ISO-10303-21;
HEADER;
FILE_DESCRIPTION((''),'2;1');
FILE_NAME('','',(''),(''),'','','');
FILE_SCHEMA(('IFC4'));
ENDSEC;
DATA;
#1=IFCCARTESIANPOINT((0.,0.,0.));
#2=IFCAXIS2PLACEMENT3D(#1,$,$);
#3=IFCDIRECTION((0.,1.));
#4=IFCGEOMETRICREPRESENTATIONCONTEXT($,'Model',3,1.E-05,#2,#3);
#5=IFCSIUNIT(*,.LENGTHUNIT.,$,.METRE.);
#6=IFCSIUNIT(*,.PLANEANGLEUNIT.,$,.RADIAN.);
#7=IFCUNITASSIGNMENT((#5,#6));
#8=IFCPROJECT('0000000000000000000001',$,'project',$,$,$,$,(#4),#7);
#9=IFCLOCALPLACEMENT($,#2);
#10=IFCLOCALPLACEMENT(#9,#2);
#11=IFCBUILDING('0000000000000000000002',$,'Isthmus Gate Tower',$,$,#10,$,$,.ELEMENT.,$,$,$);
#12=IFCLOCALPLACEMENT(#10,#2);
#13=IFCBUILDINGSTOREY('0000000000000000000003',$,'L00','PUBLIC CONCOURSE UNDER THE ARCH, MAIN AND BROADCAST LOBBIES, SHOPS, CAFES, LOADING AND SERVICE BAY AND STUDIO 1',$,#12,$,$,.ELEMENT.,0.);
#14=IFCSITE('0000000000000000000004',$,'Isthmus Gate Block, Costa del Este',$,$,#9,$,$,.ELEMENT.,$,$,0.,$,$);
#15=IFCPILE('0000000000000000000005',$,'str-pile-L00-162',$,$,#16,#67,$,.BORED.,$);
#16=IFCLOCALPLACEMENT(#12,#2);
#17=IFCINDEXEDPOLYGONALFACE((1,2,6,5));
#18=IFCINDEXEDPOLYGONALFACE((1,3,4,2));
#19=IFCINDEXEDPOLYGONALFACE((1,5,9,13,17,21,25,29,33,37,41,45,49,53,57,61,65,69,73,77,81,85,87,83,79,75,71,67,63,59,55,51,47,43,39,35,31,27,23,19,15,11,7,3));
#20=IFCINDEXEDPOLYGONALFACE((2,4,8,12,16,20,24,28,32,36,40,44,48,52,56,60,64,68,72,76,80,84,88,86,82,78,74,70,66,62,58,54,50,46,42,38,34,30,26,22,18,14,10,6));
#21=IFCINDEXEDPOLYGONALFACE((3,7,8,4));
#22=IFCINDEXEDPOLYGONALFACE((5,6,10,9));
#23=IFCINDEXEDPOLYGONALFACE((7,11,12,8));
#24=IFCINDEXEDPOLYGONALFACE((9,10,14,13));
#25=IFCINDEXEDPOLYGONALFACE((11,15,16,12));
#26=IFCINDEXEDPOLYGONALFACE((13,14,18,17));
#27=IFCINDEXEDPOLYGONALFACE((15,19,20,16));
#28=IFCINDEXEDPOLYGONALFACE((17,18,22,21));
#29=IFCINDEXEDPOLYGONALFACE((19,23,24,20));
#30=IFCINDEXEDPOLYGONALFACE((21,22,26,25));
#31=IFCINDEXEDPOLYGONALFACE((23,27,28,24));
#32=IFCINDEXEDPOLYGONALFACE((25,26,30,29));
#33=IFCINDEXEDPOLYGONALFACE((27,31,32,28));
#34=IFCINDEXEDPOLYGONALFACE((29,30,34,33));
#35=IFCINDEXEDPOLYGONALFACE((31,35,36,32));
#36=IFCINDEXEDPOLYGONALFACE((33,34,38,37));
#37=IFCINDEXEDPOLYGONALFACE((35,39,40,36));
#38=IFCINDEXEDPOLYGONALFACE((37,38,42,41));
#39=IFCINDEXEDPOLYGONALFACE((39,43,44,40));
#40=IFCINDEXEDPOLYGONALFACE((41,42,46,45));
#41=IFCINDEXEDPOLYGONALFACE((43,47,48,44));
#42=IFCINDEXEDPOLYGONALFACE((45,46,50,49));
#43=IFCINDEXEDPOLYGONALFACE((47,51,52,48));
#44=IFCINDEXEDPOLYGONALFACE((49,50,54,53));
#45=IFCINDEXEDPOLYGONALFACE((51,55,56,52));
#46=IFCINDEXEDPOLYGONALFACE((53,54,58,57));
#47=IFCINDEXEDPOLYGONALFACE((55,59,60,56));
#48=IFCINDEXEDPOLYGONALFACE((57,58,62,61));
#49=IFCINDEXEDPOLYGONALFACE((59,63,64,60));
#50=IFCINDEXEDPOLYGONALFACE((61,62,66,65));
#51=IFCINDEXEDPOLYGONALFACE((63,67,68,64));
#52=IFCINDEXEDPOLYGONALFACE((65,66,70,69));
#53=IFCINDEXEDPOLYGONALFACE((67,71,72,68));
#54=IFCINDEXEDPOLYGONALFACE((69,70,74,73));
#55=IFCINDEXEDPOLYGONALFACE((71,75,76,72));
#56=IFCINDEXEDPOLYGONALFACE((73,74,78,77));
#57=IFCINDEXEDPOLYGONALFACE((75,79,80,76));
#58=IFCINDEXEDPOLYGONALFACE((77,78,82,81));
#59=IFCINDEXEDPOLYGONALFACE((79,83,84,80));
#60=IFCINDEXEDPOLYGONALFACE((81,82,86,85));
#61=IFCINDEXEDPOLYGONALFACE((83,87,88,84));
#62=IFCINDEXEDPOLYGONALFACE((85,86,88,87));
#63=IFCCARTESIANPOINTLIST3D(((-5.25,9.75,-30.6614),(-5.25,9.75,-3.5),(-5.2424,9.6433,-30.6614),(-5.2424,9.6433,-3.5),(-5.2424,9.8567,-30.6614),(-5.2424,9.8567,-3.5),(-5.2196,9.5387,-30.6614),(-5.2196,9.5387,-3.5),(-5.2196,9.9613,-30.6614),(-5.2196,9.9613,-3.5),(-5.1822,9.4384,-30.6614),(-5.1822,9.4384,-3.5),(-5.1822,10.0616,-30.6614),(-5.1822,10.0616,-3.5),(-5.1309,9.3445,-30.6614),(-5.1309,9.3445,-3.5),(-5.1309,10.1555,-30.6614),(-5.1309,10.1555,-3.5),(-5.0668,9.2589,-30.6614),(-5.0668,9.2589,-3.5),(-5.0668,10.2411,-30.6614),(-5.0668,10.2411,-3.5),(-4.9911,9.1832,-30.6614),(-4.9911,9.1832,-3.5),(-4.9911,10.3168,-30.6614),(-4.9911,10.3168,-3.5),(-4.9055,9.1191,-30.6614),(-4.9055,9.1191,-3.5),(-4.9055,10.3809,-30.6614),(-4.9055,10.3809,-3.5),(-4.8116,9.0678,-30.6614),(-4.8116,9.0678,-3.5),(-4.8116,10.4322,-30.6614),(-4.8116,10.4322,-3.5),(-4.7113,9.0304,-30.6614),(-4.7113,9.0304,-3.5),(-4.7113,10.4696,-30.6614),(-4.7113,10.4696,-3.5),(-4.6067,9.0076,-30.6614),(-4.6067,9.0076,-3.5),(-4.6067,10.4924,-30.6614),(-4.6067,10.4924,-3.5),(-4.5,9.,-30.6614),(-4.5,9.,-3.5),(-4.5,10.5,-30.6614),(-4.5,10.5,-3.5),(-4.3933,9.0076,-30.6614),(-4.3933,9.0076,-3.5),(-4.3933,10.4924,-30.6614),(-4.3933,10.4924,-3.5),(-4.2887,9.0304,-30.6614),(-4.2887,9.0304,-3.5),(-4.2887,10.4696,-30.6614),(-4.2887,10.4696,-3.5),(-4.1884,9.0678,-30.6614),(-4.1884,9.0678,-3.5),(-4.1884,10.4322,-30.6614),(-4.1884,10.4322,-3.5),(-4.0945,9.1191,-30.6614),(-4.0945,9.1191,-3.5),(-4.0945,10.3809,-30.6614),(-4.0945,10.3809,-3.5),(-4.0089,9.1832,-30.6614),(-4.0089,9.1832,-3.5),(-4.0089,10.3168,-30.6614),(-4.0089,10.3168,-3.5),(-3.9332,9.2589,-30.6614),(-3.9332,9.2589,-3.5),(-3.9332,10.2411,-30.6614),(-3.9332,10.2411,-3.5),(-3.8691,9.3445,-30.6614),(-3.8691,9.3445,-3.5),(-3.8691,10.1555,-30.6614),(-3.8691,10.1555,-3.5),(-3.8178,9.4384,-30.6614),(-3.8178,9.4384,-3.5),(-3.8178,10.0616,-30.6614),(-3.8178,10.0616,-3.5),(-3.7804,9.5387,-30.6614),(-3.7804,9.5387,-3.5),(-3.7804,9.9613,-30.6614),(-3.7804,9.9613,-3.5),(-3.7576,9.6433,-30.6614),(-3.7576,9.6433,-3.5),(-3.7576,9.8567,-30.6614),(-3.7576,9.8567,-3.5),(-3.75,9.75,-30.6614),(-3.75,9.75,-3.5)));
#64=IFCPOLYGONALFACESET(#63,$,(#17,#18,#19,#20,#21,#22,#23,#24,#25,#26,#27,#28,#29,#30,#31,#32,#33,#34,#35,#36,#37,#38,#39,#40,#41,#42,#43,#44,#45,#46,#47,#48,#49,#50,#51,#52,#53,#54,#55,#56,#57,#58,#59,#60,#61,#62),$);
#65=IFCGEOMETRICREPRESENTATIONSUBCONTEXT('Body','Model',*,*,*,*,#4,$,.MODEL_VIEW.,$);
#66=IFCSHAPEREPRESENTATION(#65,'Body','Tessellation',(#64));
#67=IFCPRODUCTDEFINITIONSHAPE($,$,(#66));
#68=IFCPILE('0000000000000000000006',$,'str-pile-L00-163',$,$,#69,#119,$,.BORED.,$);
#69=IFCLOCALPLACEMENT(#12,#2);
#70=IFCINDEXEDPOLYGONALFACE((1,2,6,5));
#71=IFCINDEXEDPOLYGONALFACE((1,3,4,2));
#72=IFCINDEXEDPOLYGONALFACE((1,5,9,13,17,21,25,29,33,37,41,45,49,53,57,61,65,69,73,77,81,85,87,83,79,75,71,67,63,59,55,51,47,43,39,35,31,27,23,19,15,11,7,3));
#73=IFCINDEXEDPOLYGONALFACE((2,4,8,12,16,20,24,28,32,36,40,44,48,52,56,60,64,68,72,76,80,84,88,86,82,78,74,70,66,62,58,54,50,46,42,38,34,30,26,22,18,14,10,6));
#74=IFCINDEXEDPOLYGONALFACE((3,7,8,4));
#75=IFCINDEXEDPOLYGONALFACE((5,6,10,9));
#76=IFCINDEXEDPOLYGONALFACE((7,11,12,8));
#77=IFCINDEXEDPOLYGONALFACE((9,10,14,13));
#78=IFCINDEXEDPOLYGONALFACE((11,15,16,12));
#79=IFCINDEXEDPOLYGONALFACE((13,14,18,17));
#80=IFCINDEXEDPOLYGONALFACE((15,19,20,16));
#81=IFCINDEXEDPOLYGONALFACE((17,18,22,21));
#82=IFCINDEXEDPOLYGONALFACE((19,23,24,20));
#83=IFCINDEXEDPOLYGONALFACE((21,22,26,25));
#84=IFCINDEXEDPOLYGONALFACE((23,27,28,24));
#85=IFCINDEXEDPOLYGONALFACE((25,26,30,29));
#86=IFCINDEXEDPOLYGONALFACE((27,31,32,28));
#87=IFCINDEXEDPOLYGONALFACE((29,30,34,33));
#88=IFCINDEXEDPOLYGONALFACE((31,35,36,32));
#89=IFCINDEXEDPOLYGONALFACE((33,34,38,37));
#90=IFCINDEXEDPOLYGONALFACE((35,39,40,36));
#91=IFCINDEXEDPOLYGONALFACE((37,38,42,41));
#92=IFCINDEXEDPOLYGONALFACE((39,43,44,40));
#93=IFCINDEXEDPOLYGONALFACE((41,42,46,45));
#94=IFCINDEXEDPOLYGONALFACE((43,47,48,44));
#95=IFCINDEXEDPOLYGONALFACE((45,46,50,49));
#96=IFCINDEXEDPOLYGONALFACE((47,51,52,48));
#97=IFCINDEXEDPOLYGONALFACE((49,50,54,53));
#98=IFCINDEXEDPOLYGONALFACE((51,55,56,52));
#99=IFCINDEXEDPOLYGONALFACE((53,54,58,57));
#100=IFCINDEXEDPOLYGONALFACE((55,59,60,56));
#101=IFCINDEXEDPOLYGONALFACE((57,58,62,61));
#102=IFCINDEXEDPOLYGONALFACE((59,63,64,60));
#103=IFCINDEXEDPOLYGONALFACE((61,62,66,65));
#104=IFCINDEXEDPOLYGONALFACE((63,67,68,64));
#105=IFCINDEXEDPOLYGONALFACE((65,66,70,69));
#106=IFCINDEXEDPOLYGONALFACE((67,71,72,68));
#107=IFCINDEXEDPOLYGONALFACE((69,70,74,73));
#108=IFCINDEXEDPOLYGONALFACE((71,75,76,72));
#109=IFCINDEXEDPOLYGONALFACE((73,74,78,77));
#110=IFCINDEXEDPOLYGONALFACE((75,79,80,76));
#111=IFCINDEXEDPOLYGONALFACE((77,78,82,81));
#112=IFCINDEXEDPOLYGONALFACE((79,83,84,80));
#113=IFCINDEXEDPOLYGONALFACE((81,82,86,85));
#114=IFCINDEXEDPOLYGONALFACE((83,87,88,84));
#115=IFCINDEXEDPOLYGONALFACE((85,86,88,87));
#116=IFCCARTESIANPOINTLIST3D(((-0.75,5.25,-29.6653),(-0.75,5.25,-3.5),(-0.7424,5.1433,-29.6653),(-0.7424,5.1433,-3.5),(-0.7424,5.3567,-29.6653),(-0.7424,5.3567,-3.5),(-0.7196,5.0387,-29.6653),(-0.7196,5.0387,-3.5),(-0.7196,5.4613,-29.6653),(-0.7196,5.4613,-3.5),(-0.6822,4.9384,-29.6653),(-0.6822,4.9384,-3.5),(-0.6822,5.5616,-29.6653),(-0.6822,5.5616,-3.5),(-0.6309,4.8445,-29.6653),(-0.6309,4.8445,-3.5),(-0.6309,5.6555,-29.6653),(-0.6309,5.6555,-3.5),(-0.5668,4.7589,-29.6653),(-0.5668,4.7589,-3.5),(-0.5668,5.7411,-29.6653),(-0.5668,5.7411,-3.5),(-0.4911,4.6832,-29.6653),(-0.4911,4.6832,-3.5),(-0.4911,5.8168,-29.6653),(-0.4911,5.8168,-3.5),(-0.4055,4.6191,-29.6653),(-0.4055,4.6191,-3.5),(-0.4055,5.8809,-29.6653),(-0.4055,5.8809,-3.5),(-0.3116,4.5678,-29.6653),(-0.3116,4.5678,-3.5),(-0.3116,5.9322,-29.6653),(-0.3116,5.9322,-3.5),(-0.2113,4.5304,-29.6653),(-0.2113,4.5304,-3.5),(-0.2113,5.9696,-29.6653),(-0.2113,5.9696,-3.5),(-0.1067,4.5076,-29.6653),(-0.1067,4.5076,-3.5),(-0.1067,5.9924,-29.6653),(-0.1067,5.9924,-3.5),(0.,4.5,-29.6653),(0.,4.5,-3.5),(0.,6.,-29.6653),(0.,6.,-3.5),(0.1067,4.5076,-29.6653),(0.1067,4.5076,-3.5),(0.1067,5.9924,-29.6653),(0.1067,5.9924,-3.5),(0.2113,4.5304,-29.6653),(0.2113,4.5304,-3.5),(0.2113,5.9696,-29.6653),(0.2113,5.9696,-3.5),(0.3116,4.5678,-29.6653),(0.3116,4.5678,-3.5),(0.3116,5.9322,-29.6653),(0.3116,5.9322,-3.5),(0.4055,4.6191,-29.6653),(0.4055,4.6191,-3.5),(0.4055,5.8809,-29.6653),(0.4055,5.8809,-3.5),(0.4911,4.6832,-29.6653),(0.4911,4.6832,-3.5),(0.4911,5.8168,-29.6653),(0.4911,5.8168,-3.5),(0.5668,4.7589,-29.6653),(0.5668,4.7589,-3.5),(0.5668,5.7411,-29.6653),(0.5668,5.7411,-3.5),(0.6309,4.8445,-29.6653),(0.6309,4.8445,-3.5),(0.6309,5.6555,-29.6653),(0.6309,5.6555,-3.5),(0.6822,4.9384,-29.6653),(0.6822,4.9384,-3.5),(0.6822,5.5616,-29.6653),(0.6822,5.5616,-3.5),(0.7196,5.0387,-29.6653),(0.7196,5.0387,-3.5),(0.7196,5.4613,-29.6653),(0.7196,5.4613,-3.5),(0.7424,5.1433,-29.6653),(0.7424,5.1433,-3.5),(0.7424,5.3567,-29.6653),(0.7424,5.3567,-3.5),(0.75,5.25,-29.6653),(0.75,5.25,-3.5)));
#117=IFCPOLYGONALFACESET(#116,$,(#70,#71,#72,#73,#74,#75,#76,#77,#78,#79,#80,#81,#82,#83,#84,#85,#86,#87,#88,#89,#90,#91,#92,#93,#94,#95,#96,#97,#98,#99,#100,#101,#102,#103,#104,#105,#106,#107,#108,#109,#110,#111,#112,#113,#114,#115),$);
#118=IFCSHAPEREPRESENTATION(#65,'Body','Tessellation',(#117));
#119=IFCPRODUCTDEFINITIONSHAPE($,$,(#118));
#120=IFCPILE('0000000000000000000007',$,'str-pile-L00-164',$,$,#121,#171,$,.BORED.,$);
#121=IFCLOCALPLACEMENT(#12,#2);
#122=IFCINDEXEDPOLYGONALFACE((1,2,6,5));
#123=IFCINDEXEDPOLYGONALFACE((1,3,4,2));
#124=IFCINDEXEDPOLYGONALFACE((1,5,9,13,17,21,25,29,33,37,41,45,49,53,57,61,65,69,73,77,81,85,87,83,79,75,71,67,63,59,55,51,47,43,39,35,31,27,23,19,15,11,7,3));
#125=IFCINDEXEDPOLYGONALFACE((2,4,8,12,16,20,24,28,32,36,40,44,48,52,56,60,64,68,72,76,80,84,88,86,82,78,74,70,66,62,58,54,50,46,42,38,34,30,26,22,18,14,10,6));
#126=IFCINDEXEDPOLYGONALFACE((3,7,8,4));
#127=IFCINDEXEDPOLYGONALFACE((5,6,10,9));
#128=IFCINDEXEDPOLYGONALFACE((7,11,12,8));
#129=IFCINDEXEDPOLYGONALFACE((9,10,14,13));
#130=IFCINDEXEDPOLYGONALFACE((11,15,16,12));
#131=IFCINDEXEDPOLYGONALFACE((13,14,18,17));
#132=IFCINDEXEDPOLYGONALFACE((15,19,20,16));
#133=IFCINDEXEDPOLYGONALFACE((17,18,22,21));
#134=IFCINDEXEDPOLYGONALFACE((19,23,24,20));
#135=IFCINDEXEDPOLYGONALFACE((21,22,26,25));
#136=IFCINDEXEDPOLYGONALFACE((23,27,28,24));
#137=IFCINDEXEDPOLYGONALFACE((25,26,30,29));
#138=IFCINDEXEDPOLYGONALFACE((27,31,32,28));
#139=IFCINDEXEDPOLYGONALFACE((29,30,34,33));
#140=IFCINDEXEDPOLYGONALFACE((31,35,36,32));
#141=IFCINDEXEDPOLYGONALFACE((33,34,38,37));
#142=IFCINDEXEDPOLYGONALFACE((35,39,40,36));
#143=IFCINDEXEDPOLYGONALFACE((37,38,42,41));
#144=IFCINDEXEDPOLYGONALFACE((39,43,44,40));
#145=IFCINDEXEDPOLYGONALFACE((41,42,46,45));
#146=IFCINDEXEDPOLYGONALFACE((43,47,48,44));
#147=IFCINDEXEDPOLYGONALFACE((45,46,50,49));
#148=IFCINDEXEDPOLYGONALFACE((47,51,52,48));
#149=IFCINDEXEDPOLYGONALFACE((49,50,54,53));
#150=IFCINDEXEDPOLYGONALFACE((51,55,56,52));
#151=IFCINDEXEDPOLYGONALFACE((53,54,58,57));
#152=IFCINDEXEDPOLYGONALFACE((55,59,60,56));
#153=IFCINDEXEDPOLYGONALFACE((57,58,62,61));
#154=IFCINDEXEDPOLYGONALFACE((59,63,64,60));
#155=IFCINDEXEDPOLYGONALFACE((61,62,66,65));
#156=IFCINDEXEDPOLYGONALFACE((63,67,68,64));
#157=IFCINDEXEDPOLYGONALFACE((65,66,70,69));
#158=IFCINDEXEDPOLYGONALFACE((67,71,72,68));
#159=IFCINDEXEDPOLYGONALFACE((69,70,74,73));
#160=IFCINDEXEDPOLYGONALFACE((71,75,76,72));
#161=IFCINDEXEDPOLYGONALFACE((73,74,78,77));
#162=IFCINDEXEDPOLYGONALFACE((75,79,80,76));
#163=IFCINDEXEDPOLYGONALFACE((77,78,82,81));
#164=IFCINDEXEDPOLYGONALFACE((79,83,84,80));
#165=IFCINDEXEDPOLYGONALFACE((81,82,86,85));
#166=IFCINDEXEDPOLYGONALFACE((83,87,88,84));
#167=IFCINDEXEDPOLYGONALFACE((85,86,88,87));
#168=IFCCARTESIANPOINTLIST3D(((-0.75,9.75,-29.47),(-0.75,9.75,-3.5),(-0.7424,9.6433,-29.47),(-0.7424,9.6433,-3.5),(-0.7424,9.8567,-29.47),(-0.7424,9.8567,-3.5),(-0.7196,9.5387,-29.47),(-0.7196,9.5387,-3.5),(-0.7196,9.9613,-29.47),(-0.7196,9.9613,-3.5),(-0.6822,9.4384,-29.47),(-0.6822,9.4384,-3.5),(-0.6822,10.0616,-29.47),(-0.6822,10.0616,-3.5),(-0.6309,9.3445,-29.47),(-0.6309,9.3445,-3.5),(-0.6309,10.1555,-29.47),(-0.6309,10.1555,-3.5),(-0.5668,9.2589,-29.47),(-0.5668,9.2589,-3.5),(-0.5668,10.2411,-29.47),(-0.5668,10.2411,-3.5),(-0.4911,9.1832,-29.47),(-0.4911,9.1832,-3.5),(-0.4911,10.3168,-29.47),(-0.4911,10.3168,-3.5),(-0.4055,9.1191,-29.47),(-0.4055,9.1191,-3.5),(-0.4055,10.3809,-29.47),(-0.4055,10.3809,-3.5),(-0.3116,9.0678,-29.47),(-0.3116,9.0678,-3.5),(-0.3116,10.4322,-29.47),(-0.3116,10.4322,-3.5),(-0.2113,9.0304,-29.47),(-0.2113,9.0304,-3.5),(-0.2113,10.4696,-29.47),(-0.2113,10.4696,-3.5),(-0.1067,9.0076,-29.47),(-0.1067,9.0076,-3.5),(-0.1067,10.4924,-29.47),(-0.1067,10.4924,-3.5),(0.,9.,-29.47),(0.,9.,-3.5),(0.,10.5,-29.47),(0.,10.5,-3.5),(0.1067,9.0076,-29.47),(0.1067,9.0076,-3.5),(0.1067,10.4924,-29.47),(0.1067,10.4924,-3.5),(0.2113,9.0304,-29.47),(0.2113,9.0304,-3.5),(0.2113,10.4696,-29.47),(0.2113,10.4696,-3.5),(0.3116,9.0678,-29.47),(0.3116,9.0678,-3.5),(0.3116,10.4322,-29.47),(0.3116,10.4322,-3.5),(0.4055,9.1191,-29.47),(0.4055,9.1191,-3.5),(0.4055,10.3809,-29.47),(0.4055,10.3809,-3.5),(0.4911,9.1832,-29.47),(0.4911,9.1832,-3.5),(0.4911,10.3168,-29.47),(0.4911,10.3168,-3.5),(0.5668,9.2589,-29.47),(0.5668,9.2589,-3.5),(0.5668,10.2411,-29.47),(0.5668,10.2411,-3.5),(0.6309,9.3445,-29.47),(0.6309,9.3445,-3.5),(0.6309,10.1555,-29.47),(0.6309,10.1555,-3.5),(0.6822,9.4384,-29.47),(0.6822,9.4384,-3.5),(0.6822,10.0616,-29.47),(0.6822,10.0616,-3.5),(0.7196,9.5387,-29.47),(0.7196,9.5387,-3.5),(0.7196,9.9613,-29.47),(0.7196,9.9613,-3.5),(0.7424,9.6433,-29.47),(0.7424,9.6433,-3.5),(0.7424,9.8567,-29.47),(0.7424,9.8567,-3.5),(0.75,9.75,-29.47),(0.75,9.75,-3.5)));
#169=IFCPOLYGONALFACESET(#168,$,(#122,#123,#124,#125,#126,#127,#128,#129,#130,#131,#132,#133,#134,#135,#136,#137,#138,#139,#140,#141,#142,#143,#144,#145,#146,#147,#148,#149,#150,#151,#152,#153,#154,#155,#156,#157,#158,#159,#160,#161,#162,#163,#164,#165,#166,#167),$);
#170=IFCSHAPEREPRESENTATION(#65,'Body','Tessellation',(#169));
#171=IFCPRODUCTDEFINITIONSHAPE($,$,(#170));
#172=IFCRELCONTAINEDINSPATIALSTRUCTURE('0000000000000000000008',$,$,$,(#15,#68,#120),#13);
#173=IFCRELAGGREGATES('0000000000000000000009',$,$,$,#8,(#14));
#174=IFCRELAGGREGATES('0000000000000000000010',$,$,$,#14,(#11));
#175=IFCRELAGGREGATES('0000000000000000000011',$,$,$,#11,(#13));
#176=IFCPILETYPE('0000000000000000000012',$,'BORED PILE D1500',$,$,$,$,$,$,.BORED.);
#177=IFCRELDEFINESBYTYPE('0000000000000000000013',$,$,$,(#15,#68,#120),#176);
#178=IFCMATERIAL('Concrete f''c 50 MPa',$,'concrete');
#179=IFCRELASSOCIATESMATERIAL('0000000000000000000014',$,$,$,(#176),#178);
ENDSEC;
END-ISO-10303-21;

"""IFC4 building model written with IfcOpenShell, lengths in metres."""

from ifc_helpers import new_model, si_unit, direction, frame, origin, origin_2d, place, context, subcontext, project, spatial, circle, extrude, material, material_profile, profile_set, type_object, element, save


model = new_model("IFC4")

# Units and contexts
model_context = context("Model", 3, precision=1e-05, world=origin(), true_north=direction((0.0, 1.0)))
body_context = subcontext(model_context, "Body", "Model", "MODEL_VIEW")
ifc_project = project(units=[si_unit("LENGTHUNIT", "METRE"), si_unit("PLANEANGLEUNIT", "RADIAN")], contexts=[model_context])

# Site, building, storey
site_placement = place(None, origin())
site = spatial("IfcSite", under=ifc_project, at=site_placement, Name="Isthmus Gate Block, Costa del Este", CompositionType="ELEMENT", RefElevation=0.0)
building_placement = place(site_placement, origin())
building = spatial("IfcBuilding", under=site, at=building_placement, Name="Isthmus Gate Tower", CompositionType="ELEMENT")
storey_placement = place(building_placement, origin())
storey = spatial("IfcBuildingStorey", under=building, at=storey_placement, Name="L00", Description="PUBLIC CONCOURSE UNDER THE ARCH, MAIN AND BROADCAST LOBBIES, SHOPS, CAFES, LOADING AND SERVICE BAY AND STUDIO 1", CompositionType="ELEMENT", Elevation=0.0)

# Piles
ifc_material_1 = material(Name="Concrete f'c 50 MPa", Category="concrete")
ifc_material_profile = material_profile(ifc_material_1, circle(Radius=0.75, at=origin_2d()), Name="D1500")
ifc_profile_set = profile_set([ifc_material_profile], Name="Concrete f'c 50 MPa")
pile_type = type_object("IfcPileType", Name="BORED PILE D1500", PredefinedType="BORED", material=ifc_profile_set)
pile_1_placement = place(storey_placement, frame((-4.5, 9.75, -3.5), z_axis=(0.0, 0.0, -1.0), x_axis=(1.0, 0.0, 0.0)))
element("IfcPile", 1, at=pile_1_placement, inside=storey, type_object=pile_type, Name="str-pile-L00-162", PredefinedType="BORED", context=body_context, shape_type="SweptSolid", body=[
    extrude(circle(Radius=0.75, at=origin_2d()), origin(), (0.0, 0.0, 1.0), 27.1614),
])
pile_2_placement = place(storey_placement, frame((0.0, 5.25, -3.5), z_axis=(0.0, 0.0, -1.0), x_axis=(1.0, 0.0, 0.0)))
element("IfcPile", 2, at=pile_2_placement, inside=storey, type_object=pile_type, Name="str-pile-L00-163", PredefinedType="BORED", context=body_context, shape_type="SweptSolid", body=[
    extrude(circle(Radius=0.75, at=origin_2d()), origin(), (0.0, 0.0, 1.0), 26.1653),
])
pile_3_placement = place(storey_placement, frame((0.0, 9.75, -3.5), z_axis=(0.0, 0.0, -1.0), x_axis=(1.0, 0.0, 0.0)))
element("IfcPile", 3, at=pile_3_placement, inside=storey, type_object=pile_type, Name="str-pile-L00-164", PredefinedType="BORED", context=body_context, shape_type="SweptSolid", body=[
    extrude(circle(Radius=0.75, at=origin_2d()), origin(), (0.0, 0.0, 1.0), 25.97),
])

save(model, "model.ifc")
